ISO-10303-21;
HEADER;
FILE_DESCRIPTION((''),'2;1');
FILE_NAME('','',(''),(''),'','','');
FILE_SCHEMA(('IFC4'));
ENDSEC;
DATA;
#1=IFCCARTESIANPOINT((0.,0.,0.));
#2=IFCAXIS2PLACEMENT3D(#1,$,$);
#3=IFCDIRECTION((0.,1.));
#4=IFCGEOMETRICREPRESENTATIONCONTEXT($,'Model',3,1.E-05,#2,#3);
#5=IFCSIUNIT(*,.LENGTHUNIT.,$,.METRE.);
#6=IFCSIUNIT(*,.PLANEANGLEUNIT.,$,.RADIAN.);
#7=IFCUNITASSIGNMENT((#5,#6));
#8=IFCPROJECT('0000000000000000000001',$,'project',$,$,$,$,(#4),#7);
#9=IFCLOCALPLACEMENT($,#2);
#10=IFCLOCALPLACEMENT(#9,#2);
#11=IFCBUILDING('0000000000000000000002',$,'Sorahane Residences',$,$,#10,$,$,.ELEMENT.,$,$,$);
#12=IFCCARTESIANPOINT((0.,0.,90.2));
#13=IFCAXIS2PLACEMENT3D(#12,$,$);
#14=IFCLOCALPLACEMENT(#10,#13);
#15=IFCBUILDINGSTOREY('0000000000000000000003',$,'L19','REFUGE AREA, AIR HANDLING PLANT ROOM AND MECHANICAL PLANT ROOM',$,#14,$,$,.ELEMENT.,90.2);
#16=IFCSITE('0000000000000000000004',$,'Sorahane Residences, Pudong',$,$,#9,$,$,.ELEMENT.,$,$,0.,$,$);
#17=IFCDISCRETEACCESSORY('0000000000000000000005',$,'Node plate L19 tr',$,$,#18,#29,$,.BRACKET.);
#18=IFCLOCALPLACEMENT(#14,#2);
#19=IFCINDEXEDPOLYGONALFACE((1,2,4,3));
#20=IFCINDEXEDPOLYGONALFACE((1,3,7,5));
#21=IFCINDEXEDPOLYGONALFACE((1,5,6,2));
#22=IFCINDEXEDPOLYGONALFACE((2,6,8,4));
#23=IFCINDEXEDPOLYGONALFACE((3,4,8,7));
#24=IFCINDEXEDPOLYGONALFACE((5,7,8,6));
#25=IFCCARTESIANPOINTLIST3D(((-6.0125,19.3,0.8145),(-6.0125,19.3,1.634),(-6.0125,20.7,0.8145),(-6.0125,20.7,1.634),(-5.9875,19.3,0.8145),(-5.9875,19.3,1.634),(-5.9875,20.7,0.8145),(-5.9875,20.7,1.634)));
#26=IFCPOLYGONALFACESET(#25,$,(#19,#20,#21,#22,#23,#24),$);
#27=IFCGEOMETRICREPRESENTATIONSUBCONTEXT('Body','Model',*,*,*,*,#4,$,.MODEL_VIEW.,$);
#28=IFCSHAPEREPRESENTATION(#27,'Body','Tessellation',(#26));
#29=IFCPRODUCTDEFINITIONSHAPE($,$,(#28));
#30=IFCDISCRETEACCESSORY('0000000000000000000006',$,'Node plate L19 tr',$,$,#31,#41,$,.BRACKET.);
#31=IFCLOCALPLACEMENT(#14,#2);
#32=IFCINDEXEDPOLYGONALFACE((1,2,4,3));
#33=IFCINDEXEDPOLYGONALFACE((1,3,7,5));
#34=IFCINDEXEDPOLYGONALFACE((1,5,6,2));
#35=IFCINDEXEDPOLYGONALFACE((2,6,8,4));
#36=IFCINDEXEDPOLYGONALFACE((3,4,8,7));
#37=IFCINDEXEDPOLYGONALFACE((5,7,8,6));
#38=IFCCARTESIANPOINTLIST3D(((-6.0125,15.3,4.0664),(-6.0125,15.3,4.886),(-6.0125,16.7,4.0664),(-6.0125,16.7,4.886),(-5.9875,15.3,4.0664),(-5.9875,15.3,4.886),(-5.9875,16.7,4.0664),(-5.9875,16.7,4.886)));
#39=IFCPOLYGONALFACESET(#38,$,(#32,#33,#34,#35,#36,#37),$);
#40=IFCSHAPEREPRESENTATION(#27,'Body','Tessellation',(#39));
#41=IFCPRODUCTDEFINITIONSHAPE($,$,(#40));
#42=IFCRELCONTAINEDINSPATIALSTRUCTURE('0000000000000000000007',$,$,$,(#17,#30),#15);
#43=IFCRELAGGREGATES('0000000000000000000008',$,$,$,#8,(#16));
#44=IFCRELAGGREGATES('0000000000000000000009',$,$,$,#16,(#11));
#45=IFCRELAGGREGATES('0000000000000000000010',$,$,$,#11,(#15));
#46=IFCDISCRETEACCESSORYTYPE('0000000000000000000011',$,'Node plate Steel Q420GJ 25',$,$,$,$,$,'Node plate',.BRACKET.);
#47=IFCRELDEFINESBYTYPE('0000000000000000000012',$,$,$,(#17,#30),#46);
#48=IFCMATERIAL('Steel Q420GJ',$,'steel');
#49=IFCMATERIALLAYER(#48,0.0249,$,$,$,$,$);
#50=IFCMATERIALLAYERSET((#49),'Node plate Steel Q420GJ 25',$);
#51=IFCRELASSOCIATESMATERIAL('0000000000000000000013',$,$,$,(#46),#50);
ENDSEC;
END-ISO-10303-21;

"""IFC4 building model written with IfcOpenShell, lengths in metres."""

from ifc_helpers import new_model, si_unit, direction, frame, origin, origin_2d, place, context, subcontext, project, spatial, rectangle, extrude, material, layer, layer_set, type_object, element, save


model = new_model("IFC4")

# Units and contexts
model_context = context("Model", 3, precision=1e-05, world=origin(), true_north=direction((0.0, 1.0)))
body_context = subcontext(model_context, "Body", "Model", "MODEL_VIEW")
ifc_project = project(units=[si_unit("LENGTHUNIT", "METRE"), si_unit("PLANEANGLEUNIT", "RADIAN")], contexts=[model_context])

# Site, building, storey
site_placement = place(None, origin())
site = spatial("IfcSite", under=ifc_project, at=site_placement, Name="Sorahane Residences, Pudong", CompositionType="ELEMENT", RefElevation=0.0)
building_placement = place(site_placement, origin())
building = spatial("IfcBuilding", under=site, at=building_placement, Name="Sorahane Residences", CompositionType="ELEMENT")
storey_placement = place(building_placement, frame((0.0, 0.0, 90.2)))
storey = spatial("IfcBuildingStorey", under=building, at=storey_placement, Name="L19", Description="REFUGE AREA, AIR HANDLING PLANT ROOM AND MECHANICAL PLANT ROOM", CompositionType="ELEMENT", Elevation=90.2)

# Discrete accessories
ifc_material_1 = material(Name="Steel Q420GJ", Category="steel")
ifc_layer_1 = layer(ifc_material_1, 0.0249)
ifc_layer_set_1 = layer_set([ifc_layer_1], Name="Node plate Steel Q420GJ 25")
discrete_accessory_type_1 = type_object("IfcDiscreteAccessoryType", Name="Node plate Steel Q420GJ 25", ElementType="Node plate", PredefinedType="BRACKET", material=ifc_layer_set_1)
for number, where, z_axis, x_axis, name in (
    (1, (-6.0, 20.0, 0.8145), (0.0, 0.0, 1.0), (0.0, 1.0, 0.0), "Node plate L19 tr"),
    (2, (-6.0, 16.0, 4.0664), (0.0, 0.0, 1.0), (0.0, 1.0, 0.0), "Node plate L19 tr"),
):
    element("IfcDiscreteAccessory", number, at=place(storey_placement, frame(where, z_axis=z_axis, x_axis=x_axis)), inside=storey, type_object=discrete_accessory_type_1, Name=name, PredefinedType="BRACKET", context=body_context, shape_type="SweptSolid", body=[
        extrude(rectangle(XDim=1.3999, YDim=0.0249, at=origin_2d()), origin(), (0.0, 0.0, 1.0), 0.8196),
    ])

save(model, "model.ifc")
